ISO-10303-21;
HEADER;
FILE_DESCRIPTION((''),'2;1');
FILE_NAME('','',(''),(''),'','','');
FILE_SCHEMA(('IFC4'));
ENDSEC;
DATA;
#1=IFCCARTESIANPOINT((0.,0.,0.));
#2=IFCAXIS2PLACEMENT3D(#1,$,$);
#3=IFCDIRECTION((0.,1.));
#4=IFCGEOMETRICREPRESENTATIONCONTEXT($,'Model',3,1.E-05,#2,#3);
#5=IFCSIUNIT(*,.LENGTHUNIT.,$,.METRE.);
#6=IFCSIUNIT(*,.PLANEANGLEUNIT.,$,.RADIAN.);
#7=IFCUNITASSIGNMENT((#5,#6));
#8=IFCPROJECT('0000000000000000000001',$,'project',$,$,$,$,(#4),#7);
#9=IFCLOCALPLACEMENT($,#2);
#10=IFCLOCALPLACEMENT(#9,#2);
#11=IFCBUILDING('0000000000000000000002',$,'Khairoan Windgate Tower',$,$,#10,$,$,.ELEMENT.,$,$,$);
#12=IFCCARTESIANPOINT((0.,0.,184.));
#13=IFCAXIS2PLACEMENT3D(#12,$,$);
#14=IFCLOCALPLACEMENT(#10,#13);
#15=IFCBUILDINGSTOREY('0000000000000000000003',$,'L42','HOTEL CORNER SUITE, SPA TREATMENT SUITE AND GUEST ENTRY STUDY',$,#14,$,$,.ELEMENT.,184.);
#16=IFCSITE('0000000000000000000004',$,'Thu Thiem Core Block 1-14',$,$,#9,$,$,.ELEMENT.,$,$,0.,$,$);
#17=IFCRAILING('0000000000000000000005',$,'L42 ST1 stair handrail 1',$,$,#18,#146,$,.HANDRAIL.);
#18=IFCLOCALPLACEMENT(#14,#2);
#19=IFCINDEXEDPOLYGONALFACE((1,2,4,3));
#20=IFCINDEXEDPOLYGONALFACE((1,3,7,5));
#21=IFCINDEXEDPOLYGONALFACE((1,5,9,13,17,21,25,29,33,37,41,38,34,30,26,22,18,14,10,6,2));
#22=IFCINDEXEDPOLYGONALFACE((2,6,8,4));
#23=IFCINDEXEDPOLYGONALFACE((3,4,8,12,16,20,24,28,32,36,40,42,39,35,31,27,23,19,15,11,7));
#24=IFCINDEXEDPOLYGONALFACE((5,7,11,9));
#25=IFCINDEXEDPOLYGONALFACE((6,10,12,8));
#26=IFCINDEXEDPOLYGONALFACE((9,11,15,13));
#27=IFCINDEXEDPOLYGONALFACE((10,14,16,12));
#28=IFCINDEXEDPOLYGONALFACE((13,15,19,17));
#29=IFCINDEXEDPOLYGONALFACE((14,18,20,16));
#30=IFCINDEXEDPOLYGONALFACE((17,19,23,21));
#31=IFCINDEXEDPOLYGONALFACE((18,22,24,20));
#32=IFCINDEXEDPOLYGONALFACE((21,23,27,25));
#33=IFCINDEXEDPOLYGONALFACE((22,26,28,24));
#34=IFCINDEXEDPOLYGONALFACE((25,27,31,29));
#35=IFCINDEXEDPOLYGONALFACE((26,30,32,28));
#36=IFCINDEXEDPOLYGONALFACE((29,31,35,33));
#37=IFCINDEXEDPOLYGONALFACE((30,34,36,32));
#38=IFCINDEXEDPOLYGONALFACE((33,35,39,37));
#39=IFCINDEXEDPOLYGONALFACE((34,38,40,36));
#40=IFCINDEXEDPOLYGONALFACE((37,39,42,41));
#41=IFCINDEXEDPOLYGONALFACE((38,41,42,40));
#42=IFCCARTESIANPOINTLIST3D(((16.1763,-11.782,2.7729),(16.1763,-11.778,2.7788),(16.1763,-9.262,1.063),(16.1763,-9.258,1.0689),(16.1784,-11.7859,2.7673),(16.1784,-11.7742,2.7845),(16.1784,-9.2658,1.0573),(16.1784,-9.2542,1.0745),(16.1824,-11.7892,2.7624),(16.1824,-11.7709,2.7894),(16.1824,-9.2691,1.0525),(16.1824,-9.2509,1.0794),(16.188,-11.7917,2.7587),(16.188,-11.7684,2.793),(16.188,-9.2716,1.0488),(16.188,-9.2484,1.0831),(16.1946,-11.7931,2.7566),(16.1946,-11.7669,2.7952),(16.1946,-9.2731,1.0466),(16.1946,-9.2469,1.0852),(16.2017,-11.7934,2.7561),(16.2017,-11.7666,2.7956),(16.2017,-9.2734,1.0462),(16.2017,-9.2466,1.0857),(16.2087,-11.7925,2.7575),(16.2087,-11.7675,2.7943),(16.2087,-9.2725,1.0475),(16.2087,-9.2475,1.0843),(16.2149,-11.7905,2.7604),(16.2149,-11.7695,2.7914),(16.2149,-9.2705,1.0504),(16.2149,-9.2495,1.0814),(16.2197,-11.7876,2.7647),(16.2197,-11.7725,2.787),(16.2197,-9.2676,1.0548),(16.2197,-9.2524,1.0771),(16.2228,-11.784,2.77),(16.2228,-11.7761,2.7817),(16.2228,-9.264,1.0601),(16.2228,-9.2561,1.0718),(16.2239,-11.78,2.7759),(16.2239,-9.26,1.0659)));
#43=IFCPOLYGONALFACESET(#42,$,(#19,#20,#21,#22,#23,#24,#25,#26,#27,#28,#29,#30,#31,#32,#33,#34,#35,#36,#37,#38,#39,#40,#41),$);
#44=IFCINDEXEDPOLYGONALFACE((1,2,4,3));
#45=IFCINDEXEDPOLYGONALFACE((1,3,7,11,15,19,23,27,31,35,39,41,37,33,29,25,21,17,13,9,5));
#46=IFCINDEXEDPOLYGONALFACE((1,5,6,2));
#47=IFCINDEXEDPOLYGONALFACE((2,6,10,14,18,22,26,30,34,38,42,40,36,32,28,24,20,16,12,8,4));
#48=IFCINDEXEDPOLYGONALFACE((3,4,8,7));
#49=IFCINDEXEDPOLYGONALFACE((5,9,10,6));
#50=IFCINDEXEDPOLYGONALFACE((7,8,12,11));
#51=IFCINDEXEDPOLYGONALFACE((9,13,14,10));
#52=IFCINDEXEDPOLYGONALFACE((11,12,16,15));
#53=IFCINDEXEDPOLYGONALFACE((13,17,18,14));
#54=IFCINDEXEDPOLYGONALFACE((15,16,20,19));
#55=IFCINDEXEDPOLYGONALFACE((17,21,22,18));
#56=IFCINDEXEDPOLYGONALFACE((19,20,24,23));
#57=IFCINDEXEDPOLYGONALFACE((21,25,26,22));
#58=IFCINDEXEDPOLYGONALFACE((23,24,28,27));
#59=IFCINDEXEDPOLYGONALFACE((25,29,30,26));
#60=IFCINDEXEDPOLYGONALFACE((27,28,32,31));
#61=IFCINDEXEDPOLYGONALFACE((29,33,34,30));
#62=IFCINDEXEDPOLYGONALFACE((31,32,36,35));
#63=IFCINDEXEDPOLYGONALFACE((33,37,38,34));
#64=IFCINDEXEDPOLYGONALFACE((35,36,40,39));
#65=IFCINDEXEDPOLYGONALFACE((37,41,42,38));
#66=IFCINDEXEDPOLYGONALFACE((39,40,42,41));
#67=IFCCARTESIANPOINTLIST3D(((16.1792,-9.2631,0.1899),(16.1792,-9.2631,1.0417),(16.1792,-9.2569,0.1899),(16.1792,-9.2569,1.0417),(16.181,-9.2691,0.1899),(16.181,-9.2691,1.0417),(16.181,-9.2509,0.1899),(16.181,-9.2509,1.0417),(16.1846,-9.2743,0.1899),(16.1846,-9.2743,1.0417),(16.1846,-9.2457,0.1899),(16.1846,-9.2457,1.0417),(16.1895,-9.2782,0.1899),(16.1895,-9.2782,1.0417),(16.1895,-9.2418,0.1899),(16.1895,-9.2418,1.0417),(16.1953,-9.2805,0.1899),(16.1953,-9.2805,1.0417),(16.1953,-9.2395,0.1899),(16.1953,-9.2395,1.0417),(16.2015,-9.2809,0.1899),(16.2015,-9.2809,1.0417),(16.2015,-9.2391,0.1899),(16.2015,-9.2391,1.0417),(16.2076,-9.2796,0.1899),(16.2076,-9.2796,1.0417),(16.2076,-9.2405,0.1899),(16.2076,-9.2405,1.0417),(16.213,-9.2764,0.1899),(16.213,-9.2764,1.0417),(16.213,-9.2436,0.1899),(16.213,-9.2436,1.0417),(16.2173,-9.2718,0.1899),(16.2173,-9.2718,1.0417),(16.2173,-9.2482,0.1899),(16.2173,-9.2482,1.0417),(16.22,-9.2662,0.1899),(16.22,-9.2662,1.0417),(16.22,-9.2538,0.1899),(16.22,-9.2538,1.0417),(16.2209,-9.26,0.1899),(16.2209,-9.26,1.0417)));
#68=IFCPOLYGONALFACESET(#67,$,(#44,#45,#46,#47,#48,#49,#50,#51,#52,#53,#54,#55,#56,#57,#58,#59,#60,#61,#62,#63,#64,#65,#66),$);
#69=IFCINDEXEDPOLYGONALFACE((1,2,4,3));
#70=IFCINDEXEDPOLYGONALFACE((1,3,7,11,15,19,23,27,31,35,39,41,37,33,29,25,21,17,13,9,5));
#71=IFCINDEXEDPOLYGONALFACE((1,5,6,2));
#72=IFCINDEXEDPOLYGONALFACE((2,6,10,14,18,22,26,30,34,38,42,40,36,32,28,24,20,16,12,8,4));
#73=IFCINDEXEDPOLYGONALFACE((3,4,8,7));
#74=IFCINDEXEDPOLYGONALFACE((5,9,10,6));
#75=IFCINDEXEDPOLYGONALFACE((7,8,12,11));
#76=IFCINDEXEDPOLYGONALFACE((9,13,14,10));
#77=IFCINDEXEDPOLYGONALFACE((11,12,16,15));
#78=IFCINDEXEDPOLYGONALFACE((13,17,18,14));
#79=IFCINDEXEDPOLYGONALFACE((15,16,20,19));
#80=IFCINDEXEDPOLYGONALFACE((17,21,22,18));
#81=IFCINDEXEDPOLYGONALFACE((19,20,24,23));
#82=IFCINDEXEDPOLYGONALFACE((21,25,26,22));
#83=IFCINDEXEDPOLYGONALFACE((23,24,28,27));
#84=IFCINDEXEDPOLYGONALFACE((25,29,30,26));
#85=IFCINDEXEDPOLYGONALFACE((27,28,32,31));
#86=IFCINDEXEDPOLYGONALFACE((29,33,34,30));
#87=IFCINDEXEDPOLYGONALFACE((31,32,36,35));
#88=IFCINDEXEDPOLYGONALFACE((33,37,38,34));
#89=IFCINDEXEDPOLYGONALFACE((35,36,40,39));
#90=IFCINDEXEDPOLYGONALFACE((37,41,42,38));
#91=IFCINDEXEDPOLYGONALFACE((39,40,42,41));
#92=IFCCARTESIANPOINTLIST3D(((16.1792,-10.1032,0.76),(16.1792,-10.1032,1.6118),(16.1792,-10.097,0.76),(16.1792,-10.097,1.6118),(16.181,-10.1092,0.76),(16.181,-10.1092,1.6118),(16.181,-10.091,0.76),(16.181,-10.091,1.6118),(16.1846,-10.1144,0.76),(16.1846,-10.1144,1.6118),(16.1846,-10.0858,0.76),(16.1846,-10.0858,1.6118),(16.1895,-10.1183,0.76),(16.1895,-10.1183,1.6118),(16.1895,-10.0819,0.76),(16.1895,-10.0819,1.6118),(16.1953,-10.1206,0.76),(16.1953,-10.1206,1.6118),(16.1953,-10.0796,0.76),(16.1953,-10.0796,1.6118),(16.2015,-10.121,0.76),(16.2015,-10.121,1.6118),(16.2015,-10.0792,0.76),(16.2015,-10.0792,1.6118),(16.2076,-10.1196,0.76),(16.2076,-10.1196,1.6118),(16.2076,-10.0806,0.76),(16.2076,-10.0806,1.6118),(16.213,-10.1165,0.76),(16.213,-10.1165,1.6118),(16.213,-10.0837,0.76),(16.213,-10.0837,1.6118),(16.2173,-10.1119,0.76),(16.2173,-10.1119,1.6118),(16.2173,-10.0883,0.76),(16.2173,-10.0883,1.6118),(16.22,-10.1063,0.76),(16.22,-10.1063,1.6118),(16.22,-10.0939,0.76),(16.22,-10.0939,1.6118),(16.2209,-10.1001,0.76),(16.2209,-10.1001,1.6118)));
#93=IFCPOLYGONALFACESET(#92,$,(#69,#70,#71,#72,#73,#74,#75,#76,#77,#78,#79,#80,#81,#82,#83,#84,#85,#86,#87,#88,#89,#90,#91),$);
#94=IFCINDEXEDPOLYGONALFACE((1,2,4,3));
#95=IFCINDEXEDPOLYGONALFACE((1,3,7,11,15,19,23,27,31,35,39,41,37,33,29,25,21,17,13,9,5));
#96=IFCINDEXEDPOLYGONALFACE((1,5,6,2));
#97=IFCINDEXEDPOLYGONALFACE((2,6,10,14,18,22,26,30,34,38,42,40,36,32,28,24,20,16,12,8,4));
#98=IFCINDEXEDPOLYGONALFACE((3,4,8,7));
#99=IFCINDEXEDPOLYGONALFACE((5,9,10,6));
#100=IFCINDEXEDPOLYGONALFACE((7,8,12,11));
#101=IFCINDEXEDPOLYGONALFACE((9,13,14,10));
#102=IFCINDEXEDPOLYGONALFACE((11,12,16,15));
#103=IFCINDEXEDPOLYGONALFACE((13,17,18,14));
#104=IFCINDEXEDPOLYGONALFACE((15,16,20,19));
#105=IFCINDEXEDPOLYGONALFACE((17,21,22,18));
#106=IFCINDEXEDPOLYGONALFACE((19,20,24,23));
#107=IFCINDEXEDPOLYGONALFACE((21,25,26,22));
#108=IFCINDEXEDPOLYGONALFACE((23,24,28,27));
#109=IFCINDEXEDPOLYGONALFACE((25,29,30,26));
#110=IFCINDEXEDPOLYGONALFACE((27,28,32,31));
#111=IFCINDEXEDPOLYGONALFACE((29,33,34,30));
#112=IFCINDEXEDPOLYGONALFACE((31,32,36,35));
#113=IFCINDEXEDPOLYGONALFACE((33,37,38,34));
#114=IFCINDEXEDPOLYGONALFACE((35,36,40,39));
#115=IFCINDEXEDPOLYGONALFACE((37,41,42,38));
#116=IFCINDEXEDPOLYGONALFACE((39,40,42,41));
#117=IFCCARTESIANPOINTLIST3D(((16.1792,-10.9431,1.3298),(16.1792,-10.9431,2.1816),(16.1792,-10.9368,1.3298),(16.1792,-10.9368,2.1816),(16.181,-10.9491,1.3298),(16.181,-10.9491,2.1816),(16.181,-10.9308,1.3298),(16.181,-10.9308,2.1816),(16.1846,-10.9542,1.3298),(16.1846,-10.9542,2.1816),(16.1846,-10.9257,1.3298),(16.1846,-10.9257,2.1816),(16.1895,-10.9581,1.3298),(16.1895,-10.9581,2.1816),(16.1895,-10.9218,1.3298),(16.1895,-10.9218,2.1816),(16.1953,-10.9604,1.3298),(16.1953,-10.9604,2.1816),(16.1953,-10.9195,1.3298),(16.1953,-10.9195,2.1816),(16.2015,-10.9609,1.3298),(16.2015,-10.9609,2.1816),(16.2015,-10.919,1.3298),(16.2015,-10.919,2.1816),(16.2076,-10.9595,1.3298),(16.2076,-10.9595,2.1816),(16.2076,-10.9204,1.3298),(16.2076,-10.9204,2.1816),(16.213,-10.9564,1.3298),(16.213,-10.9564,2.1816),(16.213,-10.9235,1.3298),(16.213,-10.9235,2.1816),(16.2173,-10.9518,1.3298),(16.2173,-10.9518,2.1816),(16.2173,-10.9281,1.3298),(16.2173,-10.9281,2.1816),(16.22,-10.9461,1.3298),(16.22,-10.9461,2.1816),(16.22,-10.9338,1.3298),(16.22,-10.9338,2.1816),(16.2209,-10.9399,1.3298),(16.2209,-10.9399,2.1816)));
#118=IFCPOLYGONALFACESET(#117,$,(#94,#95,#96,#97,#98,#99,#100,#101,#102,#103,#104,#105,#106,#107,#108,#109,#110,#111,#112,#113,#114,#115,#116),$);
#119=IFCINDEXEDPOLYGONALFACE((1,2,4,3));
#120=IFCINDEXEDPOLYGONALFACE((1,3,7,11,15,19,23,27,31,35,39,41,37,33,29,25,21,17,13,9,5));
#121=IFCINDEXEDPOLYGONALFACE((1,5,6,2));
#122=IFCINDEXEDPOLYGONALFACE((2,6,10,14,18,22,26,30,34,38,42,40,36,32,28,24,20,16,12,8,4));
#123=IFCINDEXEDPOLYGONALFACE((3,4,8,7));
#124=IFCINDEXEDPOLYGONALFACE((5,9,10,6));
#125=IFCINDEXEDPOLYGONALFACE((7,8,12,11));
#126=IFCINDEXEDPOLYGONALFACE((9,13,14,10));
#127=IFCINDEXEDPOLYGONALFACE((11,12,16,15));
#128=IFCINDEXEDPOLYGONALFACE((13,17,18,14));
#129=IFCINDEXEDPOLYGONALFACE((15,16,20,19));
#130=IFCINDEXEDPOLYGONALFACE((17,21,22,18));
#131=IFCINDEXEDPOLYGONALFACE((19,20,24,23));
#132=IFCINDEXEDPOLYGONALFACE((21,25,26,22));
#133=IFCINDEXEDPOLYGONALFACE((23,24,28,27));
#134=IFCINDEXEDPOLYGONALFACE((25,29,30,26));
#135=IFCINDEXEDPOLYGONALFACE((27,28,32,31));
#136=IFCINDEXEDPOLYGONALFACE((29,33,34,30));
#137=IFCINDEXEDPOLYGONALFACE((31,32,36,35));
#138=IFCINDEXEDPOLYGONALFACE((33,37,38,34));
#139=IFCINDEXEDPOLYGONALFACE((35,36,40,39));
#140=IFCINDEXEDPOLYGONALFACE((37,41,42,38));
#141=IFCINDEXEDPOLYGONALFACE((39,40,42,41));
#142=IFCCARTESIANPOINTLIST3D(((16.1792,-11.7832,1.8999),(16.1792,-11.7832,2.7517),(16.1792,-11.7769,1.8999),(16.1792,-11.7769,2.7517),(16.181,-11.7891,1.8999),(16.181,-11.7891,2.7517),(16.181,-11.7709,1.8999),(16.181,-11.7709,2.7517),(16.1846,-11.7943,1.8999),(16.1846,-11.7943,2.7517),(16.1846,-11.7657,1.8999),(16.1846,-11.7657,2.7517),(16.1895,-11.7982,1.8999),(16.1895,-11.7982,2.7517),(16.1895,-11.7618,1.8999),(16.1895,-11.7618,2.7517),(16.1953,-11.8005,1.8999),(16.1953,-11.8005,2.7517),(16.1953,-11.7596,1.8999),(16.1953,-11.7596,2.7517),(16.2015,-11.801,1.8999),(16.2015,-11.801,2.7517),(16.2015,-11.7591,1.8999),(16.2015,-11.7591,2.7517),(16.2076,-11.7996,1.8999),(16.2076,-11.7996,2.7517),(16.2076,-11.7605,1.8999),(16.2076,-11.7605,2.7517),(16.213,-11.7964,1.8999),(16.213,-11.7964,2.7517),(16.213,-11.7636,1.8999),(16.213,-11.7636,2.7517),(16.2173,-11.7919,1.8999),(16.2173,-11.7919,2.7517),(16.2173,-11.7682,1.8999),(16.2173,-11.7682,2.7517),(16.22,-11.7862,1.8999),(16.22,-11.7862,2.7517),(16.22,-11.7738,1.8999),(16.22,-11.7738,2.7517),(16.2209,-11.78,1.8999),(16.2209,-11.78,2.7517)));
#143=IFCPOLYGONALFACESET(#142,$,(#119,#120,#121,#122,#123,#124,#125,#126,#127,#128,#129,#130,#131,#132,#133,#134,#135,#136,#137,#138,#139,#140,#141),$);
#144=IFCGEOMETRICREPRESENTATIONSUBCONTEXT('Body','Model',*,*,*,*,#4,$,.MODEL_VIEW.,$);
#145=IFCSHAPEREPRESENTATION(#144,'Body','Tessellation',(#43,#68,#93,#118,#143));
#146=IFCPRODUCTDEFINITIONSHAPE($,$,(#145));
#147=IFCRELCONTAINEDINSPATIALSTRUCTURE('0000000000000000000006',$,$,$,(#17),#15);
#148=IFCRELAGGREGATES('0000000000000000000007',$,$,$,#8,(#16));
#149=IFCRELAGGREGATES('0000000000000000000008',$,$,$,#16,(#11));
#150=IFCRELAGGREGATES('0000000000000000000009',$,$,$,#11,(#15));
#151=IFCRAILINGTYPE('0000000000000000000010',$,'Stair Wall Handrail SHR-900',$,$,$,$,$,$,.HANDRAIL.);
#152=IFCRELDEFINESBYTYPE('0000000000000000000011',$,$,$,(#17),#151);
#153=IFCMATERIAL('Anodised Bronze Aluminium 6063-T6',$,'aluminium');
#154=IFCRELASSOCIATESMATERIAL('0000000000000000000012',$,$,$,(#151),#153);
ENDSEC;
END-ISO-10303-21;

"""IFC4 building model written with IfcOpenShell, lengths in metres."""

from ifc_helpers import new_model, si_unit, direction, frame, origin, origin_2d, place, context, subcontext, project, spatial, circle, extrude, material, type_object, element, save


model = new_model("IFC4")

# Units and contexts
model_context = context("Model", 3, precision=1e-05, world=origin(), true_north=direction((0.0, 1.0)))
body_context = subcontext(model_context, "Body", "Model", "MODEL_VIEW")
ifc_project = project(units=[si_unit("LENGTHUNIT", "METRE"), si_unit("PLANEANGLEUNIT", "RADIAN")], contexts=[model_context])

# Site, building, storey
site_placement = place(None, origin())
site = spatial("IfcSite", under=ifc_project, at=site_placement, Name="Thu Thiem Core Block 1-14", CompositionType="ELEMENT", RefElevation=0.0)
building_placement = place(site_placement, origin())
building = spatial("IfcBuilding", under=site, at=building_placement, Name="Khairoan Windgate Tower", CompositionType="ELEMENT")
storey_placement = place(building_placement, frame((0.0, 0.0, 184.0)))
storey = spatial("IfcBuildingStorey", under=building, at=storey_placement, Name="L42", Description="HOTEL CORNER SUITE, SPA TREATMENT SUITE AND GUEST ENTRY STUDY", CompositionType="ELEMENT", Elevation=184.0)

# Railing
ifc_material_1 = material(Name="Anodised Bronze Aluminium 6063-T6", Category="aluminium")
railing_type_1 = type_object("IfcRailingType", Name="Stair Wall Handrail SHR-900", PredefinedType="HANDRAIL", material=ifc_material_1)
railing_1_placement = place(storey_placement, frame((16.2, -9.26, 0.1899)))
element("IfcRailing", 1, at=railing_1_placement, inside=storey, type_object=railing_type_1, Name="L42 ST1 stair handrail 1", PredefinedType="HANDRAIL", context=body_context, shape_type="SweptSolid", body=[
    extrude(circle(Radius=0.0239, at=origin_2d()), frame((0.0, 0.0, 0.876), z_axis=(0.0, -0.827484, 0.56149), x_axis=(1.0, 0.0, 0.0)), (0.0, 0.0, 1.0), 3.0454),
    extrude(circle(Radius=0.021, at=origin_2d()), origin(), (0.0, 0.0, 1.0), 0.8518),
    extrude(circle(Radius=0.021, at=origin_2d()), frame((0.0, -0.8401, 0.5701)), (0.0, 0.0, 1.0), 0.8518),
    extrude(circle(Radius=0.021, at=origin_2d()), frame((0.0, -1.6799, 1.1399)), (0.0, 0.0, 1.0), 0.8518),
    extrude(circle(Radius=0.021, at=origin_2d()), frame((0.0, -2.52, 1.71)), (0.0, 0.0, 1.0), 0.8518),
])

save(model, "model.ifc")
